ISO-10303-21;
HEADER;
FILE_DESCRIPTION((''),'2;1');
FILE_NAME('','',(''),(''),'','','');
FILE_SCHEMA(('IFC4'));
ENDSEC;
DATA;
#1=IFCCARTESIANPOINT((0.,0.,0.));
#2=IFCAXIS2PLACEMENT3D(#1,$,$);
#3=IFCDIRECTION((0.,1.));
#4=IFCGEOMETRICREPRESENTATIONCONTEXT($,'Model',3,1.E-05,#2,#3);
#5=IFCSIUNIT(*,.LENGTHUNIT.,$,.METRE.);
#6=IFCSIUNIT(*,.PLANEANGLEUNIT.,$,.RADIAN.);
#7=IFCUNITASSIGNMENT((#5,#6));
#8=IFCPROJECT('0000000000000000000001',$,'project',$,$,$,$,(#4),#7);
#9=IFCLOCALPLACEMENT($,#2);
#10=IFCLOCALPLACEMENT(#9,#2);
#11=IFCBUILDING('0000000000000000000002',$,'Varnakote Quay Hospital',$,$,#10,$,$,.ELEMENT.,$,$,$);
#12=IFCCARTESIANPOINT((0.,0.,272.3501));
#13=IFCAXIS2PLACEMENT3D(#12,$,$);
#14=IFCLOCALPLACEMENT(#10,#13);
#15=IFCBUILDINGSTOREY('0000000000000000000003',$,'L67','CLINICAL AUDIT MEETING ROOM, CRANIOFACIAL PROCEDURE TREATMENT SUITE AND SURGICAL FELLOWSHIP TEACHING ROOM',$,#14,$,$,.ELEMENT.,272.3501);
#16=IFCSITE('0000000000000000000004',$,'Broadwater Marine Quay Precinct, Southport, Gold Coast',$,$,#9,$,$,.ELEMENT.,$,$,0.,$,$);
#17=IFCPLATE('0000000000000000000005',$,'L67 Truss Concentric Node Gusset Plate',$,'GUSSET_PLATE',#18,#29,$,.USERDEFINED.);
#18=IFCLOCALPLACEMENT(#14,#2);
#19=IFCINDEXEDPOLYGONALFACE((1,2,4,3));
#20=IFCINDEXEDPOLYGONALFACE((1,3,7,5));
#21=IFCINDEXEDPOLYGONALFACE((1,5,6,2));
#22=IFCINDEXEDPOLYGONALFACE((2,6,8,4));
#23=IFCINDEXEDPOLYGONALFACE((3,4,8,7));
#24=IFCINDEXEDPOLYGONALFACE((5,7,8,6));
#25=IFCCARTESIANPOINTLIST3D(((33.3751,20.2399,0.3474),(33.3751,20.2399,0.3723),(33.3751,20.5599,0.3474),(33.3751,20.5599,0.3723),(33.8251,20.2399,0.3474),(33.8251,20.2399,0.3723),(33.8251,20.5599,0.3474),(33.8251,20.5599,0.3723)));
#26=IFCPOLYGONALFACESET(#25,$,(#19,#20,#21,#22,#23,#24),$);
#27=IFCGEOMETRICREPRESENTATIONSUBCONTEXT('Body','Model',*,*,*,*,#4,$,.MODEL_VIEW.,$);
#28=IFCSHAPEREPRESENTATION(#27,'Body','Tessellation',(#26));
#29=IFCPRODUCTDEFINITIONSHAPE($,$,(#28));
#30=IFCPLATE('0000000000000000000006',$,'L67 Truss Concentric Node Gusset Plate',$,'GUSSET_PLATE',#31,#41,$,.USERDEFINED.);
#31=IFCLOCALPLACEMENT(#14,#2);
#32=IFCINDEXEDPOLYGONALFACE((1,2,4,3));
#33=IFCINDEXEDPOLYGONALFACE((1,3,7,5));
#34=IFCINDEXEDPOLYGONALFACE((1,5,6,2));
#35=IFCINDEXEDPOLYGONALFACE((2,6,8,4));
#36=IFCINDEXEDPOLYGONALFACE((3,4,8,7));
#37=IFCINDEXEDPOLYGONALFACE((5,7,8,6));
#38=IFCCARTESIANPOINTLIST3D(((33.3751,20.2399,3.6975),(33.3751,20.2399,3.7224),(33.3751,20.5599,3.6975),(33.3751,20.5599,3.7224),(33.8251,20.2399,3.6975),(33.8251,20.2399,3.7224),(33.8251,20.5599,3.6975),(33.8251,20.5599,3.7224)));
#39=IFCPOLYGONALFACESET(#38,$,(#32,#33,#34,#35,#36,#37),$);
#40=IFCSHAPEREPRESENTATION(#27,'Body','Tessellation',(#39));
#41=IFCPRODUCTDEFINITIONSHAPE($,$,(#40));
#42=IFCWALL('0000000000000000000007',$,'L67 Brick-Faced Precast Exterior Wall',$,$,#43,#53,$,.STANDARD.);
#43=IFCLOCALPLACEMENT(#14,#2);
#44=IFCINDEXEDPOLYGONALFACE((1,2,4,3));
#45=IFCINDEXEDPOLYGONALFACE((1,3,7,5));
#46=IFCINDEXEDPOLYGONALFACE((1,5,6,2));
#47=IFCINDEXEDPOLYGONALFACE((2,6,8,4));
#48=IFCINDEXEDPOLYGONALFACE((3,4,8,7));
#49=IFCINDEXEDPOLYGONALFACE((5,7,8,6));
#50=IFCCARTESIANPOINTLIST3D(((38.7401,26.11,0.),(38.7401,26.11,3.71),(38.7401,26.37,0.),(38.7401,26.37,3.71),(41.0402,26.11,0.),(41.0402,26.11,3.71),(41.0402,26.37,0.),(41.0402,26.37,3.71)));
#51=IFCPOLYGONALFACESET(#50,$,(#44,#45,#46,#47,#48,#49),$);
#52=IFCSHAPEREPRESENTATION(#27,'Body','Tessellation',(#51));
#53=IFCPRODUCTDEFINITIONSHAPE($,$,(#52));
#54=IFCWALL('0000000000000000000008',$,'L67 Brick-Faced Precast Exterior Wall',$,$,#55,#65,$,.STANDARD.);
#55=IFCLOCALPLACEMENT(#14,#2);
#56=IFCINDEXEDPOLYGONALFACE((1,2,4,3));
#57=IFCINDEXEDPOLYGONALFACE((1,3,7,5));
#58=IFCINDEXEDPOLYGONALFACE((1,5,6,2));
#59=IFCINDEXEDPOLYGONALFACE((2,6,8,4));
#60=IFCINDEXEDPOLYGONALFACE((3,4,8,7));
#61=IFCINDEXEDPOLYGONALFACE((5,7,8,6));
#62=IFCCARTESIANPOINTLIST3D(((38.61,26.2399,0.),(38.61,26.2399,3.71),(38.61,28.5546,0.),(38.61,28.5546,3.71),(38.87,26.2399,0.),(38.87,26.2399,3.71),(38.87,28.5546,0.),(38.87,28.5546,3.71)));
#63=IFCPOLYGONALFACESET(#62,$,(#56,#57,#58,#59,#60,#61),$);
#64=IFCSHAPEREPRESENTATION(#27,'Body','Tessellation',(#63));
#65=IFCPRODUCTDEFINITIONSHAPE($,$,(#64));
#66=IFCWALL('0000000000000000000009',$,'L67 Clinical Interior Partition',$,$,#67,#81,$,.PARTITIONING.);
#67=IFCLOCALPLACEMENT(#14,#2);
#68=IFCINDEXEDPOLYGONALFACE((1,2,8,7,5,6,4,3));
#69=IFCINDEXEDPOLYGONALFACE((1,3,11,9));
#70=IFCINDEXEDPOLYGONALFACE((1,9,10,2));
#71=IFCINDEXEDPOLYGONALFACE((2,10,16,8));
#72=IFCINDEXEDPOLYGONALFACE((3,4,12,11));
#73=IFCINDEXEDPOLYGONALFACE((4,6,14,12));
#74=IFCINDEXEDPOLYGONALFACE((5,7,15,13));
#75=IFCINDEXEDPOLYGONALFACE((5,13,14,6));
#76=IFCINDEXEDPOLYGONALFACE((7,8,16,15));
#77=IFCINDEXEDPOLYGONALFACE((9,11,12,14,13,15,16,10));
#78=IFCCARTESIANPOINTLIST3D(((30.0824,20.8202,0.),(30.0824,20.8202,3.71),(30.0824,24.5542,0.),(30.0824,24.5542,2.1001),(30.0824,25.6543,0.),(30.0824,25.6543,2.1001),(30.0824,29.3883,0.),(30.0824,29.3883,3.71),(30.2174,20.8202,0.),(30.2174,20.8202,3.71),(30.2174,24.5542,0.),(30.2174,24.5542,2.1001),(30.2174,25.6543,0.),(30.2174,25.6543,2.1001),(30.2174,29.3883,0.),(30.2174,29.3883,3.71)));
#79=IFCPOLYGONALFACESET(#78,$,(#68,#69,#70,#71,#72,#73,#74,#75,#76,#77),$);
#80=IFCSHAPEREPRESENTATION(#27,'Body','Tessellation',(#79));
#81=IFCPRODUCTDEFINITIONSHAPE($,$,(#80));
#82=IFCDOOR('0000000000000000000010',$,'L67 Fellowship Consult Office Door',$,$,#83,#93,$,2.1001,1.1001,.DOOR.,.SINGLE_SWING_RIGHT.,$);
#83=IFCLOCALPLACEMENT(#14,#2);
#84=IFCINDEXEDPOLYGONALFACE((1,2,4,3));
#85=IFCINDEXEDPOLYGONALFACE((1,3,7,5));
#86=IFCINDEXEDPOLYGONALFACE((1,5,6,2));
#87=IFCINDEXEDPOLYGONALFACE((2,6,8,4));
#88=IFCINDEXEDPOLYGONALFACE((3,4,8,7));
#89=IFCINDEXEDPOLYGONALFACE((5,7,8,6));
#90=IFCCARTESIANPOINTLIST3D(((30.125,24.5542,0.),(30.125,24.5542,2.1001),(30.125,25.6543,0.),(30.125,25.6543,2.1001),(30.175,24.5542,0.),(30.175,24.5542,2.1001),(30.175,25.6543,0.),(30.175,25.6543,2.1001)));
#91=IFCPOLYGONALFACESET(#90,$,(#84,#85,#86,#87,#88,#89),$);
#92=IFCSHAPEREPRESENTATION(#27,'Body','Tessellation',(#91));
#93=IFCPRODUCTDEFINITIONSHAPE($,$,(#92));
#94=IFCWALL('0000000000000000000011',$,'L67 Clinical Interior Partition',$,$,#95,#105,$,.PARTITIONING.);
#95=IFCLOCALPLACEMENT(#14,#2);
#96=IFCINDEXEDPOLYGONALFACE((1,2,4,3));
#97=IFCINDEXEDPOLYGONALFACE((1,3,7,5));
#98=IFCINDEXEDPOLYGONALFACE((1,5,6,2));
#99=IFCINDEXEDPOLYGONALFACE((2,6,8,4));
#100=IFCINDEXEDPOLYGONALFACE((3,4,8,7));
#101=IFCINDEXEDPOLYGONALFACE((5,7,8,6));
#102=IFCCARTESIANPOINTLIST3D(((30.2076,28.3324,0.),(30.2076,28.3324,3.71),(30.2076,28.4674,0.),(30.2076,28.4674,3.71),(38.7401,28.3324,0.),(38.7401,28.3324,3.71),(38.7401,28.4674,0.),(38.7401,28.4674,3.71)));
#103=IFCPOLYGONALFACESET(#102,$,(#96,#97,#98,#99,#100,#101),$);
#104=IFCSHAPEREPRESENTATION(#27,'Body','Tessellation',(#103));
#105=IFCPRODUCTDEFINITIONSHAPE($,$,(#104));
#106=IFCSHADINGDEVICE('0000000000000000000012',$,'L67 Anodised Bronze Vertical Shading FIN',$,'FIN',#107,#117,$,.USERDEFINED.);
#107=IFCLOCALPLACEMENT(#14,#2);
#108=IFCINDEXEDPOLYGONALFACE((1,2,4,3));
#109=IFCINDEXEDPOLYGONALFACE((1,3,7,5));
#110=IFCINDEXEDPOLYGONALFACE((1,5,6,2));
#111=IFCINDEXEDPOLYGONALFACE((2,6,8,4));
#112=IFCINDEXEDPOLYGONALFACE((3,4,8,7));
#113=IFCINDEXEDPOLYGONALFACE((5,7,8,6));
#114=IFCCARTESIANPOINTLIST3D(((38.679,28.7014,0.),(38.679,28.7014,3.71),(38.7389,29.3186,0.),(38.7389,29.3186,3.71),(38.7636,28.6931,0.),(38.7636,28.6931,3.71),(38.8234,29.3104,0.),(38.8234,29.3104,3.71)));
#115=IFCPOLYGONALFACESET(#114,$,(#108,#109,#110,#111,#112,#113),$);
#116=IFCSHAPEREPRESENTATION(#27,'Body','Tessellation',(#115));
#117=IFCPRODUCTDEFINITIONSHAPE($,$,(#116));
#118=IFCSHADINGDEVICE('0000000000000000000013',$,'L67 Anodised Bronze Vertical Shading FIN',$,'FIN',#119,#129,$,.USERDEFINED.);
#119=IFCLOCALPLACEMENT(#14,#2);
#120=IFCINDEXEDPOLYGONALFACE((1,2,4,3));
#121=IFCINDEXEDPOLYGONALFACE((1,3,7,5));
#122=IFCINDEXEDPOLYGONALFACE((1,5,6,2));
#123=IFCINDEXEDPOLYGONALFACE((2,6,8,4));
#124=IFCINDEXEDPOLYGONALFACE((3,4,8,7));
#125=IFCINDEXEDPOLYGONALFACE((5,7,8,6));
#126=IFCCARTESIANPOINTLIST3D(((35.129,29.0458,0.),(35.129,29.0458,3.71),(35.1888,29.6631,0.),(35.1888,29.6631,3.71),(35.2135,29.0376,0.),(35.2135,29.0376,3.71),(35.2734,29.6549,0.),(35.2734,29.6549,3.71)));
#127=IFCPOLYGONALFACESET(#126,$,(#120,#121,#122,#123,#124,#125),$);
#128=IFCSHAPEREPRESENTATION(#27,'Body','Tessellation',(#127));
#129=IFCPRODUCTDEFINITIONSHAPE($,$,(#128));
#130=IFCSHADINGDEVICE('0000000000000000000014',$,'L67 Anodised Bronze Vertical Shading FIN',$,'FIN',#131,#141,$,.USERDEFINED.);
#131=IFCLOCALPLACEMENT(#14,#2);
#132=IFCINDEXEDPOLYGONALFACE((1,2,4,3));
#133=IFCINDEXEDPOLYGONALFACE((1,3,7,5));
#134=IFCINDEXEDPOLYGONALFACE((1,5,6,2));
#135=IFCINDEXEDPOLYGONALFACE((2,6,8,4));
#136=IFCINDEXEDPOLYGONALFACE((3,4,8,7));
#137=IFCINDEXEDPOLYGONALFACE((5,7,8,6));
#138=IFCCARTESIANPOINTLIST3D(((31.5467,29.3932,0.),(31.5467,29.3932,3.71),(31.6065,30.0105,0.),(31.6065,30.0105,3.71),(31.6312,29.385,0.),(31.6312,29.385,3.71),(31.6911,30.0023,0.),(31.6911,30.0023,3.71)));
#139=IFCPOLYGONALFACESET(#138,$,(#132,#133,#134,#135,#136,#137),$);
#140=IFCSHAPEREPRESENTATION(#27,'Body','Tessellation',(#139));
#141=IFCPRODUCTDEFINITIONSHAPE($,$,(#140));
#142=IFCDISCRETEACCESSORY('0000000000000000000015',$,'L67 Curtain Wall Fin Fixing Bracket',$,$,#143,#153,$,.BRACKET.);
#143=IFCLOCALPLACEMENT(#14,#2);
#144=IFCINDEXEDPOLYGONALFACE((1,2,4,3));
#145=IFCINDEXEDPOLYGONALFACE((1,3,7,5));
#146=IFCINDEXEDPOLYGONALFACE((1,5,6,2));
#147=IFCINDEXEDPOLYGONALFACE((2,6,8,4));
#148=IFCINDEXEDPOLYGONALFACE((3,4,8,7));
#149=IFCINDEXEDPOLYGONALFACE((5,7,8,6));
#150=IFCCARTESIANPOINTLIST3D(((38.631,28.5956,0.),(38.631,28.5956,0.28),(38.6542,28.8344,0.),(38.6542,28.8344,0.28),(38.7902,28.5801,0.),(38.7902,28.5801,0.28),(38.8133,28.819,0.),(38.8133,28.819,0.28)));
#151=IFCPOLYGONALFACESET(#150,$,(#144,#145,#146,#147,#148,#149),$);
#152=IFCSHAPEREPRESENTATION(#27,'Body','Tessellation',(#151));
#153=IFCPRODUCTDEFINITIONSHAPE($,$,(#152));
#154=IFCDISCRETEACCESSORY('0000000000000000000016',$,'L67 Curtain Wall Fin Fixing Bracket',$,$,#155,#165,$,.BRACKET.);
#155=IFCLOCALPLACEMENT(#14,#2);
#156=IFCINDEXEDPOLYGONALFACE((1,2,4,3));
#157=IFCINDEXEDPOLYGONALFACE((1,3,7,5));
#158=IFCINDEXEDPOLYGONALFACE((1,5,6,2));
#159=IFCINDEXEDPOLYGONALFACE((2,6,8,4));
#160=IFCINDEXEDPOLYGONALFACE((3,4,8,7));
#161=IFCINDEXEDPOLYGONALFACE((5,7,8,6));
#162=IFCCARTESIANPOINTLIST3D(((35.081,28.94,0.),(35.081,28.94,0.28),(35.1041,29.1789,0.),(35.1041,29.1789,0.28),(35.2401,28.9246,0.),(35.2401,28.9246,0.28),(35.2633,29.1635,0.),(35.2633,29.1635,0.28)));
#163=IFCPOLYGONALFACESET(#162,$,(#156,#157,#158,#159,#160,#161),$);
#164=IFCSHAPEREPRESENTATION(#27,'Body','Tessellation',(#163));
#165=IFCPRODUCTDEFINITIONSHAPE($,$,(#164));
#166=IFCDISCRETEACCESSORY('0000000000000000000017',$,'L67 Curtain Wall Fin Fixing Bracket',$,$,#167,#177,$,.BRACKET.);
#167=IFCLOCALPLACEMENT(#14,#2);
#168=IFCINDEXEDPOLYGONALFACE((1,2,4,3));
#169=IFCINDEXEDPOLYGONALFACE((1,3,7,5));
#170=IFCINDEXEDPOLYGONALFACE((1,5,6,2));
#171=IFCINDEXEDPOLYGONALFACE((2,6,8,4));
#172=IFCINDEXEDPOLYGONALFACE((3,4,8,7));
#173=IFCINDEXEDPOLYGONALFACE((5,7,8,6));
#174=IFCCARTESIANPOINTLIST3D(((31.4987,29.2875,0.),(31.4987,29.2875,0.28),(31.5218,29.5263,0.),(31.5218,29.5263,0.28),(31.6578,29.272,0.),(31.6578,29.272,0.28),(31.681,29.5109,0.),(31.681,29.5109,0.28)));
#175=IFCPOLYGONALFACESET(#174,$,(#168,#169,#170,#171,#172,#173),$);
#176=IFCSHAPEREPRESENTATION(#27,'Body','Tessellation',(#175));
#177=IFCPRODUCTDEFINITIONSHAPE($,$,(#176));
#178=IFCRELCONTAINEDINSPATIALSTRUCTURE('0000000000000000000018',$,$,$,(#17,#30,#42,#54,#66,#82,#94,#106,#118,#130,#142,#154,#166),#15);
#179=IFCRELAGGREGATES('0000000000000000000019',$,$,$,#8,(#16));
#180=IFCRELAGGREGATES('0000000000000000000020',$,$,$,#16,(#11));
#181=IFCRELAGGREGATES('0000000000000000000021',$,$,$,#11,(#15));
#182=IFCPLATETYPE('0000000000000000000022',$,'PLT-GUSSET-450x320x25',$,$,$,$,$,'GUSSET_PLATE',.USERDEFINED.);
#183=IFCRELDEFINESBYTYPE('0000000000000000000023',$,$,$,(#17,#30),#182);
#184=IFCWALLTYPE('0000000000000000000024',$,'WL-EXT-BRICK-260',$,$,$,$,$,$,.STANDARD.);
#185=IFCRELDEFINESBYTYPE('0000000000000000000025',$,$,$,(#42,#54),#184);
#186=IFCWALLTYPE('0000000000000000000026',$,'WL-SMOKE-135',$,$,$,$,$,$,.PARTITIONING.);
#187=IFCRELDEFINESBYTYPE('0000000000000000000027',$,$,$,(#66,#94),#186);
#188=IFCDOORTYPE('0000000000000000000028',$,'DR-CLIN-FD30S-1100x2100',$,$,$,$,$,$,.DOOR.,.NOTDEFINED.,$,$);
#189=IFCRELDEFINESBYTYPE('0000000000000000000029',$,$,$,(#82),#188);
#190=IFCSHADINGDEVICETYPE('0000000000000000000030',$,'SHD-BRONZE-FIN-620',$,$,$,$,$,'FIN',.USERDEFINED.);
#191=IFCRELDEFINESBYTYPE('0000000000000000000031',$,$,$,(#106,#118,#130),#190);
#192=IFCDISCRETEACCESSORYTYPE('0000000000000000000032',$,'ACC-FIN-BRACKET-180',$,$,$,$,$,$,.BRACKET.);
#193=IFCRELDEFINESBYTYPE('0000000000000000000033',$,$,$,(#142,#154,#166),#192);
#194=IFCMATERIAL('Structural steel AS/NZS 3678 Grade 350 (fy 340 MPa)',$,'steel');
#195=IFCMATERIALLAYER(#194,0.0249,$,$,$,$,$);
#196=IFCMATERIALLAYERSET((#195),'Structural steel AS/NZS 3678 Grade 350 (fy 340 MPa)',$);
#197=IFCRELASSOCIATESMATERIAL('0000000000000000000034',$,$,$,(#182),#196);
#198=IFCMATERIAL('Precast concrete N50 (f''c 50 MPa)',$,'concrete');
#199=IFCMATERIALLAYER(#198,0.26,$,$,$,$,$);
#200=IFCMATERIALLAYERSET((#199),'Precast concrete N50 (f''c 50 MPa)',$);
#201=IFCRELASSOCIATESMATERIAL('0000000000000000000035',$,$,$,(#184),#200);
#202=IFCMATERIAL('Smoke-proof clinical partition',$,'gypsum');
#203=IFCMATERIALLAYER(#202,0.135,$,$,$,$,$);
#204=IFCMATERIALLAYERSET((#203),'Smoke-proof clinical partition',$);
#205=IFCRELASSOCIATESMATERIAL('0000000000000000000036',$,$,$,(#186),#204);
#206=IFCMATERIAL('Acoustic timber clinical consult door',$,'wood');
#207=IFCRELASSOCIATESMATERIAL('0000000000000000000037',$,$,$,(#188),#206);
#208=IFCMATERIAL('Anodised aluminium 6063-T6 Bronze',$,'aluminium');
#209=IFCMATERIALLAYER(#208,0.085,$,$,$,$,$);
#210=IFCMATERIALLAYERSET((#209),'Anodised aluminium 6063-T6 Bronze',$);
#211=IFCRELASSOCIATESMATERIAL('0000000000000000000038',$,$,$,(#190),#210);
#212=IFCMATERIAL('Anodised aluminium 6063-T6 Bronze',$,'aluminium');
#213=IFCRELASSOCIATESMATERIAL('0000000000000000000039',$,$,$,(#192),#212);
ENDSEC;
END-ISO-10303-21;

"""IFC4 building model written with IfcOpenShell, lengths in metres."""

from ifc_helpers import new_model, si_unit, direction, frame, frame_2d, origin, origin_2d, place, context, subcontext, project, spatial, rectangle, extrude, material, layer, layer_set, type_object, element, fill, save


model = new_model("IFC4")

# Units and contexts
model_context = context("Model", 3, precision=1e-05, world=origin(), true_north=direction((0.0, 1.0)))
body_context = subcontext(model_context, "Body", "Model", "MODEL_VIEW")
ifc_project = project(units=[si_unit("LENGTHUNIT", "METRE"), si_unit("PLANEANGLEUNIT", "RADIAN")], contexts=[model_context])

# Site, building, storey
site_placement = place(None, origin())
site = spatial("IfcSite", under=ifc_project, at=site_placement, Name="Broadwater Marine Quay Precinct, Southport, Gold Coast", CompositionType="ELEMENT", RefElevation=0.0)
building_placement = place(site_placement, origin())
building = spatial("IfcBuilding", under=site, at=building_placement, Name="Varnakote Quay Hospital", CompositionType="ELEMENT")
storey_placement = place(building_placement, frame((0.0, 0.0, 272.3501)))
storey = spatial("IfcBuildingStorey", under=building, at=storey_placement, Name="L67", Description="CLINICAL AUDIT MEETING ROOM, CRANIOFACIAL PROCEDURE TREATMENT SUITE AND SURGICAL FELLOWSHIP TEACHING ROOM", CompositionType="ELEMENT", Elevation=272.3501)

# Plates
ifc_material_1 = material(Name="Structural steel AS/NZS 3678 Grade 350 (fy 340 MPa)", Category="steel")
ifc_layer_1 = layer(ifc_material_1, 0.0249)
ifc_layer_set_1 = layer_set([ifc_layer_1], Name="Structural steel AS/NZS 3678 Grade 350 (fy 340 MPa)")
plate_type_1 = type_object("IfcPlateType", Name="PLT-GUSSET-450x320x25", ElementType="GUSSET_PLATE", PredefinedType="USERDEFINED", material=ifc_layer_set_1)
for number, where, z_axis, x_axis, name in (
    (1, (33.6001, 20.3999, 0.3474), (0.0, 0.0, 1.0), (1.0, 0.0, 0.0), "L67 Truss Concentric Node Gusset Plate"),
    (2, (33.6001, 20.3999, 3.6975), (0.0, 0.0, 1.0), (1.0, 0.0, 0.0), "L67 Truss Concentric Node Gusset Plate"),
):
    element("IfcPlate", number, at=place(storey_placement, frame(where, z_axis=z_axis, x_axis=x_axis)), inside=storey, type_object=plate_type_1, Name=name, ObjectType="GUSSET_PLATE", PredefinedType="USERDEFINED", context=body_context, shape_type="SweptSolid", body=[
        extrude(rectangle(XDim=0.45, YDim=0.3201, at=origin_2d()), origin(), (0.0, 0.0, 1.0), 0.0249),
    ])

# Walls
ifc_material_2 = material(Name="Precast concrete N50 (f'c 50 MPa)", Category="concrete")
ifc_layer_2 = layer(ifc_material_2, 0.26)
ifc_layer_set_2 = layer_set([ifc_layer_2], Name="Precast concrete N50 (f'c 50 MPa)")
wall_type_1 = type_object("IfcWallType", Name="WL-EXT-BRICK-260", PredefinedType="STANDARD", material=ifc_layer_set_2)
wall_1_placement = place(storey_placement, frame((41.04, 26.24, 0.0), z_axis=(0.0, 0.0, 1.0), x_axis=(-1.0, 0.0, 0.0)))
element("IfcWall", 3, at=wall_1_placement, inside=storey, type_object=wall_type_1, Name="L67 Brick-Faced Precast Exterior Wall", PredefinedType="STANDARD", context=body_context, shape_type="SweptSolid", body=[
    extrude(rectangle(XDim=2.3, YDim=0.26, at=frame_2d((1.1499, 0.0))), origin(), (0.0, 0.0, 1.0), 3.71),
])
wall_2_placement = place(storey_placement, frame((38.74, 26.24, 0.0), z_axis=(0.0, 0.0, 1.0), x_axis=(0.0, 1.0, 0.0)))
element("IfcWall", 4, at=wall_2_placement, inside=storey, type_object=wall_type_1, Name="L67 Brick-Faced Precast Exterior Wall", PredefinedType="STANDARD", context=body_context, shape_type="SweptSolid", body=[
    extrude(rectangle(XDim=2.3147, YDim=0.26, at=frame_2d((1.1572, 0.0))), origin(), (0.0, 0.0, 1.0), 3.71),
])

# Wall, opening, door
ifc_material_3 = material(Name="Smoke-proof clinical partition", Category="gypsum")
ifc_layer_3 = layer(ifc_material_3, 0.135)
ifc_layer_set_3 = layer_set([ifc_layer_3], Name="Smoke-proof clinical partition")
wall_type_2 = type_object("IfcWallType", Name="WL-SMOKE-135", PredefinedType="PARTITIONING", material=ifc_layer_set_3)
wall_3_placement = place(storey_placement, frame((30.1499, 20.8201, 0.0), z_axis=(0.0, 0.0, 1.0), x_axis=(0.0, 1.0, 0.0)))
wall_3 = element("IfcWall", 5, at=wall_3_placement, inside=storey, type_object=wall_type_2, Name="L67 Clinical Interior Partition", PredefinedType="PARTITIONING", context=body_context, shape_type="SweptSolid", body=[
    extrude(rectangle(XDim=8.5681, YDim=0.135, at=frame_2d((4.2842, 0.0))), origin(), (0.0, 0.0, 1.0), 3.71),
])
opening_1_placement = place(wall_3_placement, frame((3.7341, 0.0, 0.0)))
opening_1 = element("IfcOpeningElement", 6, at=opening_1_placement, cuts=wall_3, PredefinedType="OPENING", context=body_context, shape_type="SweptSolid", body=[
    extrude(rectangle(XDim=1.1001, YDim=2.1001, at=frame_2d((0.55, 1.05))), frame((0.0, 0.0774, 0.0), z_axis=(0.0, -1.0, 0.0), x_axis=(1.0, 0.0, 0.0)), (0.0, 0.0, 1.0), 0.155),
])
ifc_material_4 = material(Name="Acoustic timber clinical consult door", Category="wood")
door_type_1 = type_object("IfcDoorType", Name="DR-CLIN-FD30S-1100x2100", OperationType="NOTDEFINED", PredefinedType="DOOR", material=ifc_material_4)
door_1_placement = place(opening_1_placement, origin())
door_1 = element("IfcDoor", 7, at=door_1_placement, inside=storey, type_object=door_type_1, Name="L67 Fellowship Consult Office Door", OperationType="SINGLE_SWING_RIGHT", OverallHeight=2.1001, OverallWidth=1.1001, PredefinedType="DOOR", context=body_context, shape_type="SweptSolid", body=[
    extrude(rectangle(XDim=1.1001, YDim=2.1001, at=frame_2d((0.55, 1.05))), frame((0.0, 0.0249, 0.0), z_axis=(0.0, -1.0, 0.0), x_axis=(1.0, 0.0, 0.0)), (0.0, 0.0, 1.0), 0.05),
])
fill(opening_1, door_1)

# Wall
wall_4_placement = place(storey_placement, frame((38.74, 28.3999, 0.0), z_axis=(0.0, 0.0, 1.0), x_axis=(-1.0, 0.0, 0.0)))
element("IfcWall", 8, at=wall_4_placement, inside=storey, type_object=wall_type_2, Name="L67 Clinical Interior Partition", PredefinedType="PARTITIONING", context=body_context, shape_type="SweptSolid", body=[
    extrude(rectangle(XDim=8.5325, YDim=0.135, at=frame_2d((4.2661, 0.0))), origin(), (0.0, 0.0, 1.0), 3.71),
])

# Shading devices
ifc_material_5 = material(Name="Anodised aluminium 6063-T6 Bronze", Category="aluminium")
ifc_layer_4 = layer(ifc_material_5, 0.085)
ifc_layer_set_4 = layer_set([ifc_layer_4], Name="Anodised aluminium 6063-T6 Bronze")
shading_device_type = type_object("IfcShadingDeviceType", Name="SHD-BRONZE-FIN-620", ElementType="FIN", PredefinedType="USERDEFINED", material=ifc_layer_set_4)
for number, where, z_axis, x_axis, name in (
    (9, (38.7512, 29.0059, 0.0), (0.0, 0.0, 1.0), (-0.096541, -0.995329, 0.0), "L67 Anodised Bronze Vertical Shading FIN"),
    (10, (35.2012, 29.3503, 0.0), (0.0, 0.0, 1.0), (-0.096541, -0.995329, 0.0), "L67 Anodised Bronze Vertical Shading FIN"),
    (11, (31.6189, 29.6978, 0.0), (0.0, 0.0, 1.0), (-0.096541, -0.995329, 0.0), "L67 Anodised Bronze Vertical Shading FIN"),
):
    element("IfcShadingDevice", number, at=place(storey_placement, frame(where, z_axis=z_axis, x_axis=x_axis)), inside=storey, type_object=shading_device_type, Name=name, ObjectType="FIN", PredefinedType="USERDEFINED", context=body_context, shape_type="SweptSolid", body=[
        extrude(rectangle(XDim=0.6201, YDim=0.085, at=origin_2d()), origin(), (0.0, 0.0, 1.0), 3.71),
    ])

# Discrete accessories
ifc_material_6 = material(Name="Anodised aluminium 6063-T6 Bronze", Category="aluminium")
discrete_accessory_type = type_object("IfcDiscreteAccessoryType", Name="ACC-FIN-BRACKET-180", PredefinedType="BRACKET", material=ifc_material_6)
for number, where, z_axis, x_axis, name in (
    (12, (38.7222, 28.7073, 0.0), (0.0, 0.0, 1.0), (-0.995329, 0.096541, 0.0), "L67 Curtain Wall Fin Fixing Bracket"),
    (13, (35.1721, 29.0518, 0.0), (0.0, 0.0, 1.0), (-0.995329, 0.096541, 0.0), "L67 Curtain Wall Fin Fixing Bracket"),
    (14, (31.5898, 29.3992, 0.0), (0.0, 0.0, 1.0), (-0.995329, 0.096541, 0.0), "L67 Curtain Wall Fin Fixing Bracket"),
):
    element("IfcDiscreteAccessory", number, at=place(storey_placement, frame(where, z_axis=z_axis, x_axis=x_axis)), inside=storey, type_object=discrete_accessory_type, Name=name, PredefinedType="BRACKET", context=body_context, shape_type="SweptSolid", body=[
        extrude(rectangle(XDim=0.1599, YDim=0.24, at=origin_2d()), origin(), (0.0, 0.0, 1.0), 0.28),
    ])

save(model, "model.ifc")
